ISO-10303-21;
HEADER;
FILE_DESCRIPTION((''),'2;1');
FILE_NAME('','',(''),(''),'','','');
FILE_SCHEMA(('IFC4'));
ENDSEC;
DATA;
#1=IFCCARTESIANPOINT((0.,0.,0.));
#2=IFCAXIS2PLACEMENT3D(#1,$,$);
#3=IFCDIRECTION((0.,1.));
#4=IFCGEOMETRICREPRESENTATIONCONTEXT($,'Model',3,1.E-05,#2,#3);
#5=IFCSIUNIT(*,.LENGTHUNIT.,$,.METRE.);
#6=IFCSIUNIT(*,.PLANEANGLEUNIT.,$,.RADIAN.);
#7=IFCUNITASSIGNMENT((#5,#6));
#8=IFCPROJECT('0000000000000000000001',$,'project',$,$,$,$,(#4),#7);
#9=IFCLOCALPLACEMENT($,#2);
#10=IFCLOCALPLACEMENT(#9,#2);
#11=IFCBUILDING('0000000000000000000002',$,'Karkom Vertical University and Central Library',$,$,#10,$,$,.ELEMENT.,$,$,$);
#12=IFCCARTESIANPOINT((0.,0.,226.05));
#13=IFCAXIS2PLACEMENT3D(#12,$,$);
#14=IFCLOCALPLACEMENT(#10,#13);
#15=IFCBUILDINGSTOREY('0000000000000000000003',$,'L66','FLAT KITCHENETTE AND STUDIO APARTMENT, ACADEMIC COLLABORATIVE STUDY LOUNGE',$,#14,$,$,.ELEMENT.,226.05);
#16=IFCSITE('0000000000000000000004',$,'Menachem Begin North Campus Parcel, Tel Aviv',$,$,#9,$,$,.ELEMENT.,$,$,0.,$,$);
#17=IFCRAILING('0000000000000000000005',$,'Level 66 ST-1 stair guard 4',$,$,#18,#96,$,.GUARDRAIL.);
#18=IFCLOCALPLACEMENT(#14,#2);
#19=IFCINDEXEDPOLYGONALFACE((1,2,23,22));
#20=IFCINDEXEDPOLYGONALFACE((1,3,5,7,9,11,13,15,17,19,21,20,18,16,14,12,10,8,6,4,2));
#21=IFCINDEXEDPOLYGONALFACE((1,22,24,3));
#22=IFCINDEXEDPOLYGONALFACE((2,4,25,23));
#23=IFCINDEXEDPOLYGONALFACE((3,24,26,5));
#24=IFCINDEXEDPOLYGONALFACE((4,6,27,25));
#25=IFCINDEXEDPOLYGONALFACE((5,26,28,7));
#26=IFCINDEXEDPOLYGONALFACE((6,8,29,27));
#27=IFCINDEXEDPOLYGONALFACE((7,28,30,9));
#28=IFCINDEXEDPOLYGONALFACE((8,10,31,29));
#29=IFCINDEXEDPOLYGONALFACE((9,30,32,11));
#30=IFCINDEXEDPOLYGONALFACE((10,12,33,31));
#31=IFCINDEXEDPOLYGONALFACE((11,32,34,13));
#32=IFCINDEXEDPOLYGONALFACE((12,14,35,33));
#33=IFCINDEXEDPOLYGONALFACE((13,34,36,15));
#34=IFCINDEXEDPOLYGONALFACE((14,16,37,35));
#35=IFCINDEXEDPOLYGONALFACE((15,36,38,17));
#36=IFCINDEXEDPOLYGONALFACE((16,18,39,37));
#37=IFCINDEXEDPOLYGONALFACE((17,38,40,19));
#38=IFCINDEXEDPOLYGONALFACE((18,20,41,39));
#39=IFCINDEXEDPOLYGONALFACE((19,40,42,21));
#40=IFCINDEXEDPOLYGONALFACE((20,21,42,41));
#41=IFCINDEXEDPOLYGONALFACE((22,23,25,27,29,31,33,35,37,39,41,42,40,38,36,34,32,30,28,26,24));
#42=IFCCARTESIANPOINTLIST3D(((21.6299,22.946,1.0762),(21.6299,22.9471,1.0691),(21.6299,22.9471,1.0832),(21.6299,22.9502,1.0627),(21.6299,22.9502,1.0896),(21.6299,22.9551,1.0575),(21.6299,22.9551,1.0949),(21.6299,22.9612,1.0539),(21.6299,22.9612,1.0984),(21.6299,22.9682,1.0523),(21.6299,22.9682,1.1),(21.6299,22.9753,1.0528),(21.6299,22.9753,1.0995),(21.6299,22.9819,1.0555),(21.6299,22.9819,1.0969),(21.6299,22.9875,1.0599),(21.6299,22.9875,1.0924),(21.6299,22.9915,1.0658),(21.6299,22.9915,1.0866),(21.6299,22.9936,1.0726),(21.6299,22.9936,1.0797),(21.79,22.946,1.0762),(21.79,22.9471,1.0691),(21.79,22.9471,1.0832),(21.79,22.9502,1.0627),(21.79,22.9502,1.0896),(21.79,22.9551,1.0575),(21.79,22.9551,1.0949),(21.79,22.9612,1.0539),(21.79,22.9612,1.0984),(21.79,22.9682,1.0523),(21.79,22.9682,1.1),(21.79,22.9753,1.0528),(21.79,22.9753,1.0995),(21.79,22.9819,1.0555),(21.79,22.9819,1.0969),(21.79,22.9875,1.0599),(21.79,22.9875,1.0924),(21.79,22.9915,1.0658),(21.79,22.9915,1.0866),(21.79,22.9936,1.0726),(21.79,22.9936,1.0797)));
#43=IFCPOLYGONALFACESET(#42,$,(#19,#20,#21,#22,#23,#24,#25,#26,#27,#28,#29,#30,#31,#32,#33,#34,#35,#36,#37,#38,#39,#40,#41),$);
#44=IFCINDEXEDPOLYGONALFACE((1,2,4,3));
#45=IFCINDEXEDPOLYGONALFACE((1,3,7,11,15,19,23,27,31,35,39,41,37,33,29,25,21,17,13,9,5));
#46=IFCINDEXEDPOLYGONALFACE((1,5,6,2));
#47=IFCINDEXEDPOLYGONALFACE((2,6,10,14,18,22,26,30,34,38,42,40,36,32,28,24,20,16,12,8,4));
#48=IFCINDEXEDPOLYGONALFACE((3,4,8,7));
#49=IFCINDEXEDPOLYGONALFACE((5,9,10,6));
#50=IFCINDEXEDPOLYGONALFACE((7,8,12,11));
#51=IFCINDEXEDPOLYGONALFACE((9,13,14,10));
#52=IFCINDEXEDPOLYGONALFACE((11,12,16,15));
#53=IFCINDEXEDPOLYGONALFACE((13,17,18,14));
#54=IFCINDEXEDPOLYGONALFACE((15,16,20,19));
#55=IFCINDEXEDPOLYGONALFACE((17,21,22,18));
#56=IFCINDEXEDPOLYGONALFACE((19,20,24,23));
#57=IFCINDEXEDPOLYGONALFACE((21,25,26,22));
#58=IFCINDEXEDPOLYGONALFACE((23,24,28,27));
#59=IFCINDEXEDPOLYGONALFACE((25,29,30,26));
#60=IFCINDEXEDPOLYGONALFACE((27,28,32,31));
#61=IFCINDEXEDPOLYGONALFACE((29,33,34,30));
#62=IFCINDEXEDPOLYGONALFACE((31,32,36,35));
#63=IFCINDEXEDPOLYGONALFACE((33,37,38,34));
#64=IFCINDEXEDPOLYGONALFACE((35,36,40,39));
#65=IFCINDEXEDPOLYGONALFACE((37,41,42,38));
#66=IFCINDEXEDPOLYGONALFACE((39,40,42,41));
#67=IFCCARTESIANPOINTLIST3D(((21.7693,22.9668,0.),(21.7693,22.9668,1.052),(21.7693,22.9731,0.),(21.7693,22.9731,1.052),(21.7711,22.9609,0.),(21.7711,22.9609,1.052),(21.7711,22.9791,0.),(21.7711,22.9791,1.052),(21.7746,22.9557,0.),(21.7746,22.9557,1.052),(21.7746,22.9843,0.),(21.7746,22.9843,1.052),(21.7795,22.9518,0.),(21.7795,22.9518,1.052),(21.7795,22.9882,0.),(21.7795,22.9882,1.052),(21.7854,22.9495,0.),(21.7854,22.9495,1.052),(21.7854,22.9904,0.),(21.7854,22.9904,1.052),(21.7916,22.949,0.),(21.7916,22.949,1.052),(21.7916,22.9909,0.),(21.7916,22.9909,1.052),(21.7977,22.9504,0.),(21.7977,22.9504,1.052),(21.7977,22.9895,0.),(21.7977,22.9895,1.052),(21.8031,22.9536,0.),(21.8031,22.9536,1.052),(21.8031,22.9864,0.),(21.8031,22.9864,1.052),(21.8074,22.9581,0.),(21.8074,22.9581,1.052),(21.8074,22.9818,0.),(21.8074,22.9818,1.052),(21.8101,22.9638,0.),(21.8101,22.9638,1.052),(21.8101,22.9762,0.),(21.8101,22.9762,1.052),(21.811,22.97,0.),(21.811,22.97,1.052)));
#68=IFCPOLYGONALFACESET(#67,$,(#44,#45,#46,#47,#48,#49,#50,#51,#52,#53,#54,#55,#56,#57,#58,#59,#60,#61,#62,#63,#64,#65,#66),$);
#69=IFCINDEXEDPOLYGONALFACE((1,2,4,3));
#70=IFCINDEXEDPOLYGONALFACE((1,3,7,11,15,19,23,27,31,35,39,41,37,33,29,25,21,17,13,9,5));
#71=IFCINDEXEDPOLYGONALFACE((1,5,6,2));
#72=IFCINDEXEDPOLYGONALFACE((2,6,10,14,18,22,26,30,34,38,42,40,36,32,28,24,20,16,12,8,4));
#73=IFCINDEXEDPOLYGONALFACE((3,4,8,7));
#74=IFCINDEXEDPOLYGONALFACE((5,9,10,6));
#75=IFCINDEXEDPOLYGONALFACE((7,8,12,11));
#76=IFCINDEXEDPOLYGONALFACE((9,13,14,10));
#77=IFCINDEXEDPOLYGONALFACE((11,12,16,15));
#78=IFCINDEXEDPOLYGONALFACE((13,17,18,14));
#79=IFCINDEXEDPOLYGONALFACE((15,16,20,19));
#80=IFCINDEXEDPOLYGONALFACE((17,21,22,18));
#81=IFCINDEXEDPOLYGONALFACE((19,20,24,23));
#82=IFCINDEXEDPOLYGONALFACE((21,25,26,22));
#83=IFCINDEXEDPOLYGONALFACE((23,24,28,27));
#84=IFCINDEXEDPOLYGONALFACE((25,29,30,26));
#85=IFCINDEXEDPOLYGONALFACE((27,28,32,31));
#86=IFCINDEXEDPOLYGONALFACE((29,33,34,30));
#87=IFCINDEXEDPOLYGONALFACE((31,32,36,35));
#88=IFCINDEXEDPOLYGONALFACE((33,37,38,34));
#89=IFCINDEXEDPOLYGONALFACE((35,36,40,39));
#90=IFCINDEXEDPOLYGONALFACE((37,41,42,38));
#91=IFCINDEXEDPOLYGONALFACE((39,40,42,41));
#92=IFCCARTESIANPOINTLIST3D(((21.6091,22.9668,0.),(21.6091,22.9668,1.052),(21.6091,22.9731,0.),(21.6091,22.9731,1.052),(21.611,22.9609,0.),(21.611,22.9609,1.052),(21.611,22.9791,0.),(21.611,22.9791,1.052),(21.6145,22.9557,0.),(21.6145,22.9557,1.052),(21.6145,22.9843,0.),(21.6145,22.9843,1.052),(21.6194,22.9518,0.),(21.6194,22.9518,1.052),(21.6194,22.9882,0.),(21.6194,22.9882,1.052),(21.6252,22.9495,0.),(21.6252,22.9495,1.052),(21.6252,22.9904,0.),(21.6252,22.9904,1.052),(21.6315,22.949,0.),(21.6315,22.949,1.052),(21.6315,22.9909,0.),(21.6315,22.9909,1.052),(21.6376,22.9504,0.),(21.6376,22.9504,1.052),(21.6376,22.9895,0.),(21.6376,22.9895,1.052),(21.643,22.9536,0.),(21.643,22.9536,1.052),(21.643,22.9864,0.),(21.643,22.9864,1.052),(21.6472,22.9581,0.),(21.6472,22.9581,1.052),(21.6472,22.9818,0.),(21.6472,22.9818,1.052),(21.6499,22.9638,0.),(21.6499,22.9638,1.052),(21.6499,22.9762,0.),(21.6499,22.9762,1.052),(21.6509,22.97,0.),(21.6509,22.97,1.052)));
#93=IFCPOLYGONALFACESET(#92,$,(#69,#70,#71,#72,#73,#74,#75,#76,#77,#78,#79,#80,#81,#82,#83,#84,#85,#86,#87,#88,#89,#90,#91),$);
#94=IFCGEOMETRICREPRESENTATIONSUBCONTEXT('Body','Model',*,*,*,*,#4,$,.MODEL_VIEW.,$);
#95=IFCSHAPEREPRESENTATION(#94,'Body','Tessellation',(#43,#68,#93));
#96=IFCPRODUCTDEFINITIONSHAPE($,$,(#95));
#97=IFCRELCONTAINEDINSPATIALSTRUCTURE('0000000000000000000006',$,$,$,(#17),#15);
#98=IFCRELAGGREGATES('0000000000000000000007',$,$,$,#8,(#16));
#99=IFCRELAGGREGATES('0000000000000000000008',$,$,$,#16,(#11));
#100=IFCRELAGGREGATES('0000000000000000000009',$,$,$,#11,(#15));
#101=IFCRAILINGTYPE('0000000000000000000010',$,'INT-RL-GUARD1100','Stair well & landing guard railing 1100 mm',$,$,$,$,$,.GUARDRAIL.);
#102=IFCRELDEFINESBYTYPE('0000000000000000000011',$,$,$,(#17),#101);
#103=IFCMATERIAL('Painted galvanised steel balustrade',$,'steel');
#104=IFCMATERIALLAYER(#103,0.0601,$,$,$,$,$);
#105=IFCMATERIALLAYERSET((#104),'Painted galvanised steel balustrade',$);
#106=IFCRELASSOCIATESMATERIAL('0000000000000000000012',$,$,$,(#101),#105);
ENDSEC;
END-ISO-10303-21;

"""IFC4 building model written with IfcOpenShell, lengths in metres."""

from ifc_helpers import new_model, si_unit, direction, frame, origin, origin_2d, place, context, subcontext, project, spatial, circle, extrude, material, layer, layer_set, type_object, element, save


model = new_model("IFC4")

# Units and contexts
model_context = context("Model", 3, precision=1e-05, world=origin(), true_north=direction((0.0, 1.0)))
body_context = subcontext(model_context, "Body", "Model", "MODEL_VIEW")
ifc_project = project(units=[si_unit("LENGTHUNIT", "METRE"), si_unit("PLANEANGLEUNIT", "RADIAN")], contexts=[model_context])

# Site, building, storey
site_placement = place(None, origin())
site = spatial("IfcSite", under=ifc_project, at=site_placement, Name="Menachem Begin North Campus Parcel, Tel Aviv", CompositionType="ELEMENT", RefElevation=0.0)
building_placement = place(site_placement, origin())
building = spatial("IfcBuilding", under=site, at=building_placement, Name="Karkom Vertical University and Central Library", CompositionType="ELEMENT")
storey_placement = place(building_placement, frame((0.0, 0.0, 226.05)))
storey = spatial("IfcBuildingStorey", under=building, at=storey_placement, Name="L66", Description="FLAT KITCHENETTE AND STUDIO APARTMENT, ACADEMIC COLLABORATIVE STUDY LOUNGE", CompositionType="ELEMENT", Elevation=226.05)

# Railing
ifc_material_1 = material(Name="Painted galvanised steel balustrade", Category="steel")
ifc_layer_1 = layer(ifc_material_1, 0.0601)
ifc_layer_set_1 = layer_set([ifc_layer_1], Name="Painted galvanised steel balustrade")
railing_type_1 = type_object("IfcRailingType", Name="INT-RL-GUARD1100", Description="Stair well & landing guard railing 1100 mm", PredefinedType="GUARDRAIL", material=ifc_layer_set_1)
railing_1_placement = place(storey_placement, frame((21.79, 22.97, 0.0)))
element("IfcRailing", 1, at=railing_1_placement, inside=storey, type_object=railing_type_1, Name="Level 66 ST-1 stair guard 4", PredefinedType="GUARDRAIL", context=body_context, shape_type="SweptSolid", body=[
    extrude(circle(Radius=0.0239, at=origin_2d()), frame((0.0, 0.0, 1.0762), z_axis=(-1.0, 0.0, 0.0), x_axis=(0.0, -1.0, 0.0)), (0.0, 0.0, 1.0), 0.1602),
    extrude(circle(Radius=0.021, at=origin_2d()), origin(), (0.0, 0.0, 1.0), 1.052),
    extrude(circle(Radius=0.021, at=origin_2d()), frame((-0.1602, 0.0, 0.0)), (0.0, 0.0, 1.0), 1.052),
])

save(model, "model.ifc")
